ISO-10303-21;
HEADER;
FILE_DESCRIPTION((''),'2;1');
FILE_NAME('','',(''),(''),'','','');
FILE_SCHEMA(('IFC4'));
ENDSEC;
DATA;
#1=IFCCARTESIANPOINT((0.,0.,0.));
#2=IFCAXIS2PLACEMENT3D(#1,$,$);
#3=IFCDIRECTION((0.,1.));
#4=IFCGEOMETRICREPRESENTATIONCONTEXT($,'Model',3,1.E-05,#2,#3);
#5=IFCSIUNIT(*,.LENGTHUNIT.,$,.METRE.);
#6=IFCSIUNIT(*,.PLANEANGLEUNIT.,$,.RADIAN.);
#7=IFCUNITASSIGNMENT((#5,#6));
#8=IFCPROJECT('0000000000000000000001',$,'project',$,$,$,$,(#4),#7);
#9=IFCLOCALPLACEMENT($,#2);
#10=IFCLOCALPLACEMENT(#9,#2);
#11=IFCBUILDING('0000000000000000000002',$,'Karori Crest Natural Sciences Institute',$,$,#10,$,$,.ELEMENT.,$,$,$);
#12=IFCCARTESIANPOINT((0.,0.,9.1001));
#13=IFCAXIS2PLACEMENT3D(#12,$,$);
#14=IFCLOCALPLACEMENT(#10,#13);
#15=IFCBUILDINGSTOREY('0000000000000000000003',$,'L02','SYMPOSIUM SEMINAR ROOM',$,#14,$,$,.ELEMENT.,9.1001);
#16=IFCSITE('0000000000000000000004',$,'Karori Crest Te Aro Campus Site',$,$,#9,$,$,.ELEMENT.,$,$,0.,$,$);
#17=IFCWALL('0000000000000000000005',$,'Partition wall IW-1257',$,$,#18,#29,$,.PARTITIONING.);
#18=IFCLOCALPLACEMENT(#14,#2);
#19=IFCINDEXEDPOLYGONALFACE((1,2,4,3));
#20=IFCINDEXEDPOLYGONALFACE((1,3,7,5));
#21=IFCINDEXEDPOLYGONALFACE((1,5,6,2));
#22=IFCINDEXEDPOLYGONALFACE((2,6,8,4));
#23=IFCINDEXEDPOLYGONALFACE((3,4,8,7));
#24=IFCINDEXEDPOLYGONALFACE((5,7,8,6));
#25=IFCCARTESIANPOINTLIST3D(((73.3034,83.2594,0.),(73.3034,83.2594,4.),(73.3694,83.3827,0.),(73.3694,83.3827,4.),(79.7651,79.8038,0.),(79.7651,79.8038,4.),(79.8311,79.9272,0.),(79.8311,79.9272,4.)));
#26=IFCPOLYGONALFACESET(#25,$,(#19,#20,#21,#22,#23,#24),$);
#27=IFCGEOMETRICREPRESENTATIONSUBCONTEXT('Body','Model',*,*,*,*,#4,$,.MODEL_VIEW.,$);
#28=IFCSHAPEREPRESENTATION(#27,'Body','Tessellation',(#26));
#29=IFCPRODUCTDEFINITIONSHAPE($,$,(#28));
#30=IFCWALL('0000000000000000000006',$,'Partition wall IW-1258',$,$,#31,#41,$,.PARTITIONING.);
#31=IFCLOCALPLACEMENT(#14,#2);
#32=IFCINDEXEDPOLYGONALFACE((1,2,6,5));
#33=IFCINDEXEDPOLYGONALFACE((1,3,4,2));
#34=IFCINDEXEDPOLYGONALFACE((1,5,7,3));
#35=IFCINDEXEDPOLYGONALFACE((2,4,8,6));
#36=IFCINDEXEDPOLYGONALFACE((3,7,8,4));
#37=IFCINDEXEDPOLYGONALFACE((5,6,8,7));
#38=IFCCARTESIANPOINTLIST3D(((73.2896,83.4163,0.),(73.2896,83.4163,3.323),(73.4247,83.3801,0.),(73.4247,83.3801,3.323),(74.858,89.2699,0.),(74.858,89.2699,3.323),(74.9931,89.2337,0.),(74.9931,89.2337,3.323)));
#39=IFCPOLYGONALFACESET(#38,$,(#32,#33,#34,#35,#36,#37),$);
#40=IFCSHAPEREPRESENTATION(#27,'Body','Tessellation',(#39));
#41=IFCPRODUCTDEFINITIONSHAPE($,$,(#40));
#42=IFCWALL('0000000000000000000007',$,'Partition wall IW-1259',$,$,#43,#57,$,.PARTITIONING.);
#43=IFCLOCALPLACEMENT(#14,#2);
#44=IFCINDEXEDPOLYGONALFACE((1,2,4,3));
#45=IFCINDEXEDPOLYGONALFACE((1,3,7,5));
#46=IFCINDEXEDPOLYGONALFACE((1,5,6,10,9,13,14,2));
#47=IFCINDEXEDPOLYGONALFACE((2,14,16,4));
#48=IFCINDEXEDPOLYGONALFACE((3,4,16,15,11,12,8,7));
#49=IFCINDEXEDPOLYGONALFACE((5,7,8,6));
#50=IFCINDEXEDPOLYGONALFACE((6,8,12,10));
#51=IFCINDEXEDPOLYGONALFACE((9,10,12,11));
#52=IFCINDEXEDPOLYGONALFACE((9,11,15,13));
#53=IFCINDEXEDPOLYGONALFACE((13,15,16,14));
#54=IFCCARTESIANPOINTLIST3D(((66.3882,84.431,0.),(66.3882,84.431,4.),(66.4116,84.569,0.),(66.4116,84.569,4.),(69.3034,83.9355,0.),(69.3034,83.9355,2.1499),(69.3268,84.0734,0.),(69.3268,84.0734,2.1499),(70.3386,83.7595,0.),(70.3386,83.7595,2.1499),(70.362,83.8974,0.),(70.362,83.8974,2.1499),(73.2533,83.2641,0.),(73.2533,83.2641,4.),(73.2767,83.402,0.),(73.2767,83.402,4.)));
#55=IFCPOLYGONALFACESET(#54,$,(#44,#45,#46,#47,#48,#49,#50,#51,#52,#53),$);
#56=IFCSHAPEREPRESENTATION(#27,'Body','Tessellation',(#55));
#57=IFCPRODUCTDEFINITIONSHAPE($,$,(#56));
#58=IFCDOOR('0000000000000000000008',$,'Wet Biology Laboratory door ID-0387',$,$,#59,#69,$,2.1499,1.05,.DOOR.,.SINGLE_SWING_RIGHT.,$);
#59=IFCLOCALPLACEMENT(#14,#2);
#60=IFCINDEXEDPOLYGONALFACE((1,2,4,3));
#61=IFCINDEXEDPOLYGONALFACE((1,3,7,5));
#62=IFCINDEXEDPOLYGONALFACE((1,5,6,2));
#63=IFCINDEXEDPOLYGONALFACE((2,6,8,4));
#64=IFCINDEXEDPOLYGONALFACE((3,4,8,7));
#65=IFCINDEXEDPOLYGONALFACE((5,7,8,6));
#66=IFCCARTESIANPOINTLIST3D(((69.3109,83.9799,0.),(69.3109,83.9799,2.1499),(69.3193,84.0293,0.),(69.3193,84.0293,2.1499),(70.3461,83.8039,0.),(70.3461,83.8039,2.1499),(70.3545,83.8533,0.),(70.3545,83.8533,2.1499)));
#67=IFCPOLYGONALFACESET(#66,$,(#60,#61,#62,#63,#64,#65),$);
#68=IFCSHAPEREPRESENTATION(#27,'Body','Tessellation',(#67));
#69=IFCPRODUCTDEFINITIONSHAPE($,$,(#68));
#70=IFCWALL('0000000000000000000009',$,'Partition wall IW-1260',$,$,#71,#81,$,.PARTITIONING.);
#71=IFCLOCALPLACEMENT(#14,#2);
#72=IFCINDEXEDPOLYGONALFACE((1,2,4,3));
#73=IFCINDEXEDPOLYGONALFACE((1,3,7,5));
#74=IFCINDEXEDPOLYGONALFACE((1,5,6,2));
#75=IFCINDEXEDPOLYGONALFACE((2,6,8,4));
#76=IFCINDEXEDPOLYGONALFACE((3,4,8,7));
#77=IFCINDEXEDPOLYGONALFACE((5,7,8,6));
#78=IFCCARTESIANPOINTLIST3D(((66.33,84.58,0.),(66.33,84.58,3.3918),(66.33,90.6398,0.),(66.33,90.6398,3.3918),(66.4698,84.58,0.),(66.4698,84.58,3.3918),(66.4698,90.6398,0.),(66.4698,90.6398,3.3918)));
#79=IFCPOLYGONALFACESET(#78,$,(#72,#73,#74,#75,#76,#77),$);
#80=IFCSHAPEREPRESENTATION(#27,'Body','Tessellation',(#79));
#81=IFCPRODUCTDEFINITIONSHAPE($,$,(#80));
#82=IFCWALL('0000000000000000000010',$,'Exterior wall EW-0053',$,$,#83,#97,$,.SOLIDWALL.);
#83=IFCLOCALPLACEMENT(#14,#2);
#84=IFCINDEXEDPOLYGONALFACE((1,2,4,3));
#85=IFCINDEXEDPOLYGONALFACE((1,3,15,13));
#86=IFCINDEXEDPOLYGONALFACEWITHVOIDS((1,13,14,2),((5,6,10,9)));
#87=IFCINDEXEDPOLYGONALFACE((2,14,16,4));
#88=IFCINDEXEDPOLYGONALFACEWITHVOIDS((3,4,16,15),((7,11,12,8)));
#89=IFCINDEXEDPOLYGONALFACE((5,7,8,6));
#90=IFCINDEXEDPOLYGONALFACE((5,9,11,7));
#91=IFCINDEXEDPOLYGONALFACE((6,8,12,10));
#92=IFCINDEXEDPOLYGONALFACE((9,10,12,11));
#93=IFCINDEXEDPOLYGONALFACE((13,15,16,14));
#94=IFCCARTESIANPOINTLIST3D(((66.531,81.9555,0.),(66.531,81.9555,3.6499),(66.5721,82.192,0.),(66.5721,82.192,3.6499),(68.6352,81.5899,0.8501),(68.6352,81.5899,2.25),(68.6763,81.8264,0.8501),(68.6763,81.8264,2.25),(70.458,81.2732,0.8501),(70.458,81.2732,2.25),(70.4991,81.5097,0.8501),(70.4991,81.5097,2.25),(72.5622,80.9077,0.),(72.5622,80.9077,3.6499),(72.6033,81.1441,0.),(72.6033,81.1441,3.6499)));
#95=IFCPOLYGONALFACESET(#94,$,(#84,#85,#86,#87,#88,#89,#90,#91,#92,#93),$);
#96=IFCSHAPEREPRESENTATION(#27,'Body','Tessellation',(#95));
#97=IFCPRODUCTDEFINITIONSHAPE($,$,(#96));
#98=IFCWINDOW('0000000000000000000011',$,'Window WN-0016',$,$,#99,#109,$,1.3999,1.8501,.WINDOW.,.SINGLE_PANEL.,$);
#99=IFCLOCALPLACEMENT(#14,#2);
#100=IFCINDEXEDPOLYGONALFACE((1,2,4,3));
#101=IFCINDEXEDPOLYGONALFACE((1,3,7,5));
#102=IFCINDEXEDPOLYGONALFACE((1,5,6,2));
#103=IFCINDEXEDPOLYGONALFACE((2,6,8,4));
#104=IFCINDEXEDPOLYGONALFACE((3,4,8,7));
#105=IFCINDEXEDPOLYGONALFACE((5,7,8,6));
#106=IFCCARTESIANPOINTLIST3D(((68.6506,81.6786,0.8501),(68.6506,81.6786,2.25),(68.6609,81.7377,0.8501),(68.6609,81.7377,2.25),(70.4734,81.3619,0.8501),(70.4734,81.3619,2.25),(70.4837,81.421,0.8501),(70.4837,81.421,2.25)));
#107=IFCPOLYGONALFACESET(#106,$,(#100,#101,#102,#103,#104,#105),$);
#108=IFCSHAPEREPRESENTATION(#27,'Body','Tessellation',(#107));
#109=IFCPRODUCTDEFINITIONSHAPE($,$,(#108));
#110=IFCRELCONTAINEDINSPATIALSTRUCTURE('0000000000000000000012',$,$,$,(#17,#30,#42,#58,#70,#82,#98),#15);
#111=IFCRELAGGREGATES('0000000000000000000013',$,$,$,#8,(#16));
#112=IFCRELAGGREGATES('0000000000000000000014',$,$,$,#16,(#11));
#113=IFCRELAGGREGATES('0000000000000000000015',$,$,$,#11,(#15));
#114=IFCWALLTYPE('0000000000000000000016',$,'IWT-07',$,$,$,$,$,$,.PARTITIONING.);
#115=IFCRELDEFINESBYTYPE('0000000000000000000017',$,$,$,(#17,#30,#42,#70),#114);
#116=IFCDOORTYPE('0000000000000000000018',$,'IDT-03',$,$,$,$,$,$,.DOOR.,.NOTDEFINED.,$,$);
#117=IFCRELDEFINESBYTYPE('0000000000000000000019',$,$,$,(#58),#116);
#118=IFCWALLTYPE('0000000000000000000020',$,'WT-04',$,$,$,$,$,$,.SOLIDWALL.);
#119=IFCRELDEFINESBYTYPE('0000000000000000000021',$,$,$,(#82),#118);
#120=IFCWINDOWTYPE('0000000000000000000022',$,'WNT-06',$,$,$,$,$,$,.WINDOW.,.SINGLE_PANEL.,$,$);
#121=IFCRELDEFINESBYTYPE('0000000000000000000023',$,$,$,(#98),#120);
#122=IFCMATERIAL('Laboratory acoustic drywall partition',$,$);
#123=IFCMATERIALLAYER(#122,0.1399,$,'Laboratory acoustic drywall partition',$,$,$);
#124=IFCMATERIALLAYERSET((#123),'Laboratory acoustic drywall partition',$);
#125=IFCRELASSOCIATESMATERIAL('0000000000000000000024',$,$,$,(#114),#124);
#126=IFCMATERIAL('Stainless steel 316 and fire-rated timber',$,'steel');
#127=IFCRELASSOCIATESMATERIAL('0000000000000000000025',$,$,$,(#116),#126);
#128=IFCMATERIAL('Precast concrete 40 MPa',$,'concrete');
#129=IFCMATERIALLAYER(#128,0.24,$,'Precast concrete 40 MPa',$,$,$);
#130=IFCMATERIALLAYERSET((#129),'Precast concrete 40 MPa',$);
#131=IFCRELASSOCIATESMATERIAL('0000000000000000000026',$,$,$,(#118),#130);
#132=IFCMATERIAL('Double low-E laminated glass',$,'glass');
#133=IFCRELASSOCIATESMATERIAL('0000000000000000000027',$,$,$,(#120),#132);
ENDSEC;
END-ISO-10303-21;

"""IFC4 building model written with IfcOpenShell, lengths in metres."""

from ifc_helpers import new_model, si_unit, direction, frame, frame_2d, origin, place, context, subcontext, project, spatial, rectangle, extrude, material, layer, layer_set, type_object, element, fill, save


model = new_model("IFC4")

# Units and contexts
model_context = context("Model", 3, precision=1e-05, world=origin(), true_north=direction((0.0, 1.0)))
body_context = subcontext(model_context, "Body", "Model", "MODEL_VIEW")
ifc_project = project(units=[si_unit("LENGTHUNIT", "METRE"), si_unit("PLANEANGLEUNIT", "RADIAN")], contexts=[model_context])

# Site, building, storey
site_placement = place(None, origin())
site = spatial("IfcSite", under=ifc_project, at=site_placement, Name="Karori Crest Te Aro Campus Site", CompositionType="ELEMENT", RefElevation=0.0)
building_placement = place(site_placement, origin())
building = spatial("IfcBuilding", under=site, at=building_placement, Name="Karori Crest Natural Sciences Institute", CompositionType="ELEMENT")
storey_placement = place(building_placement, frame((0.0, 0.0, 9.1001)))
storey = spatial("IfcBuildingStorey", under=building, at=storey_placement, Name="L02", Description="SYMPOSIUM SEMINAR ROOM", CompositionType="ELEMENT", Elevation=9.1001)

# Shared definitions
ifc_material_1 = material(Name="Double low-E laminated glass", Category="glass")

# Walls
ifc_material_2 = material(Name="Laboratory acoustic drywall partition")
ifc_layer_1 = layer(ifc_material_2, 0.1399, Name="Laboratory acoustic drywall partition")
ifc_layer_set_1 = layer_set([ifc_layer_1], Name="Laboratory acoustic drywall partition")
wall_type_1 = type_object("IfcWallType", Name="IWT-07", PredefinedType="PARTITIONING", material=ifc_layer_set_1)
wall_1_placement = place(storey_placement, frame((79.7981, 79.8655, 0.0), z_axis=(0.0, 0.0, 1.0), x_axis=(-0.881823, 0.471581, 0.0)))
element("IfcWall", 1, at=wall_1_placement, inside=storey, type_object=wall_type_1, Name="Partition wall IW-1257", PredefinedType="PARTITIONING", context=body_context, shape_type="SweptSolid", body=[
    extrude(rectangle(XDim=7.3276, YDim=0.1399, at=frame_2d((3.6638, 0.0))), origin(), (0.0, 0.0, 1.0), 4.0),
])
wall_2_placement = place(storey_placement, frame((73.3572, 83.3982, 0.0), z_axis=(0.0, 0.0, 1.0), x_axis=(0.258806, 0.965929, 0.0)))
element("IfcWall", 2, at=wall_2_placement, inside=storey, type_object=wall_type_1, Name="Partition wall IW-1258", PredefinedType="PARTITIONING", context=body_context, shape_type="SweptSolid", body=[
    extrude(rectangle(XDim=6.0601, YDim=0.1399, at=frame_2d((3.03, 0.0))), origin(), (0.0, 0.0, 1.0), 3.323),
])

# Wall, opening, door
wall_3_placement = place(storey_placement, frame((73.2651, 83.333, 0.0), z_axis=(0.0, 0.0, 1.0), x_axis=(-0.985858, 0.167582, 0.0)))
wall_3 = element("IfcWall", 3, at=wall_3_placement, inside=storey, type_object=wall_type_1, Name="Partition wall IW-1259", PredefinedType="PARTITIONING", context=body_context, shape_type="SweptSolid", body=[
    extrude(rectangle(XDim=6.9636, YDim=0.1399, at=frame_2d((3.4819, 0.0))), origin(), (0.0, 0.0, 1.0), 4.0),
])
opening_1_placement = place(wall_3_placement, frame((2.9568, 0.0, 0.0)))
opening_1 = element("IfcOpeningElement", 4, at=opening_1_placement, cuts=wall_3, PredefinedType="OPENING", context=body_context, shape_type="SweptSolid", body=[
    extrude(rectangle(XDim=1.05, YDim=2.1499, at=frame_2d((0.5249, 1.075))), frame((0.0, 0.0801, 0.0), z_axis=(0.0, -1.0, 0.0), x_axis=(1.0, 0.0, 0.0)), (0.0, 0.0, 1.0), 0.1599),
])
ifc_material_3 = material(Name="Stainless steel 316 and fire-rated timber", Category="steel")
door_type = type_object("IfcDoorType", Name="IDT-03", OperationType="NOTDEFINED", PredefinedType="DOOR", material=ifc_material_3)
door_placement = place(opening_1_placement, origin())
door = element("IfcDoor", 5, at=door_placement, inside=storey, type_object=door_type, Name="Wet Biology Laboratory door ID-0387", OperationType="SINGLE_SWING_RIGHT", OverallHeight=2.1499, OverallWidth=1.05, PredefinedType="DOOR", context=body_context, shape_type="SweptSolid", body=[
    extrude(rectangle(XDim=1.05, YDim=2.1499, at=frame_2d((0.5249, 1.075))), frame((0.0, 0.0249, 0.0), z_axis=(0.0, -1.0, 0.0), x_axis=(1.0, 0.0, 0.0)), (0.0, 0.0, 1.0), 0.05),
])
fill(opening_1, door)

# Wall
wall_4_placement = place(storey_placement, frame((66.3999, 84.5801, 0.0), z_axis=(0.0, 0.0, 1.0), x_axis=(0.0, 1.0, 0.0)))
element("IfcWall", 6, at=wall_4_placement, inside=storey, type_object=wall_type_1, Name="Partition wall IW-1260", PredefinedType="PARTITIONING", context=body_context, shape_type="SweptSolid", body=[
    extrude(rectangle(XDim=6.0598, YDim=0.1399, at=frame_2d((3.0298, 0.0))), origin(), (0.0, 0.0, 1.0), 3.3918),
])

# Wall, opening, window
ifc_material_4 = material(Name="Precast concrete 40 MPa", Category="concrete")
ifc_layer_2 = layer(ifc_material_4, 0.24, Name="Precast concrete 40 MPa")
ifc_layer_set_2 = layer_set([ifc_layer_2], Name="Precast concrete 40 MPa")
wall_type_2 = type_object("IfcWallType", Name="WT-04", PredefinedType="SOLIDWALL", material=ifc_layer_set_2)
wall_5_placement = place(storey_placement, frame((72.5828, 81.0259, 0.0), z_axis=(0.0, 0.0, 1.0), x_axis=(-0.985241, 0.171173, 0.0)))
wall_5 = element("IfcWall", 7, at=wall_5_placement, inside=storey, type_object=wall_type_2, Name="Exterior wall EW-0053", PredefinedType="SOLIDWALL", context=body_context, shape_type="SweptSolid", body=[
    extrude(rectangle(XDim=6.1216, YDim=0.24, at=frame_2d((3.0608, 0.0))), origin(), (0.0, 0.0, 1.0), 3.6499),
])
opening_2_placement = place(wall_5_placement, frame((2.1357, 0.0, 0.8501)))
opening_2 = element("IfcOpeningElement", 8, at=opening_2_placement, cuts=wall_5, PredefinedType="OPENING", context=body_context, shape_type="SweptSolid", body=[
    extrude(rectangle(XDim=1.8501, YDim=1.3999, at=frame_2d((0.925, 0.7))), frame((0.0, 0.1299, 0.0), z_axis=(0.0, -1.0, 0.0), x_axis=(1.0, 0.0, 0.0)), (0.0, 0.0, 1.0), 0.26),
])
window_type = type_object("IfcWindowType", Name="WNT-06", PartitioningType="SINGLE_PANEL", PredefinedType="WINDOW", material=ifc_material_1)
window_placement = place(opening_2_placement, origin())
window = element("IfcWindow", 9, at=window_placement, inside=storey, type_object=window_type, Name="Window WN-0016", OverallHeight=1.3999, OverallWidth=1.8501, PartitioningType="SINGLE_PANEL", PredefinedType="WINDOW", context=body_context, shape_type="SweptSolid", body=[
    extrude(rectangle(XDim=1.8501, YDim=1.3999, at=frame_2d((0.925, 0.7))), frame((0.0, 0.03, 0.0), z_axis=(0.0, -1.0, 0.0), x_axis=(1.0, 0.0, 0.0)), (0.0, 0.0, 1.0), 0.0601),
])
fill(opening_2, window)

save(model, "model.ifc")
